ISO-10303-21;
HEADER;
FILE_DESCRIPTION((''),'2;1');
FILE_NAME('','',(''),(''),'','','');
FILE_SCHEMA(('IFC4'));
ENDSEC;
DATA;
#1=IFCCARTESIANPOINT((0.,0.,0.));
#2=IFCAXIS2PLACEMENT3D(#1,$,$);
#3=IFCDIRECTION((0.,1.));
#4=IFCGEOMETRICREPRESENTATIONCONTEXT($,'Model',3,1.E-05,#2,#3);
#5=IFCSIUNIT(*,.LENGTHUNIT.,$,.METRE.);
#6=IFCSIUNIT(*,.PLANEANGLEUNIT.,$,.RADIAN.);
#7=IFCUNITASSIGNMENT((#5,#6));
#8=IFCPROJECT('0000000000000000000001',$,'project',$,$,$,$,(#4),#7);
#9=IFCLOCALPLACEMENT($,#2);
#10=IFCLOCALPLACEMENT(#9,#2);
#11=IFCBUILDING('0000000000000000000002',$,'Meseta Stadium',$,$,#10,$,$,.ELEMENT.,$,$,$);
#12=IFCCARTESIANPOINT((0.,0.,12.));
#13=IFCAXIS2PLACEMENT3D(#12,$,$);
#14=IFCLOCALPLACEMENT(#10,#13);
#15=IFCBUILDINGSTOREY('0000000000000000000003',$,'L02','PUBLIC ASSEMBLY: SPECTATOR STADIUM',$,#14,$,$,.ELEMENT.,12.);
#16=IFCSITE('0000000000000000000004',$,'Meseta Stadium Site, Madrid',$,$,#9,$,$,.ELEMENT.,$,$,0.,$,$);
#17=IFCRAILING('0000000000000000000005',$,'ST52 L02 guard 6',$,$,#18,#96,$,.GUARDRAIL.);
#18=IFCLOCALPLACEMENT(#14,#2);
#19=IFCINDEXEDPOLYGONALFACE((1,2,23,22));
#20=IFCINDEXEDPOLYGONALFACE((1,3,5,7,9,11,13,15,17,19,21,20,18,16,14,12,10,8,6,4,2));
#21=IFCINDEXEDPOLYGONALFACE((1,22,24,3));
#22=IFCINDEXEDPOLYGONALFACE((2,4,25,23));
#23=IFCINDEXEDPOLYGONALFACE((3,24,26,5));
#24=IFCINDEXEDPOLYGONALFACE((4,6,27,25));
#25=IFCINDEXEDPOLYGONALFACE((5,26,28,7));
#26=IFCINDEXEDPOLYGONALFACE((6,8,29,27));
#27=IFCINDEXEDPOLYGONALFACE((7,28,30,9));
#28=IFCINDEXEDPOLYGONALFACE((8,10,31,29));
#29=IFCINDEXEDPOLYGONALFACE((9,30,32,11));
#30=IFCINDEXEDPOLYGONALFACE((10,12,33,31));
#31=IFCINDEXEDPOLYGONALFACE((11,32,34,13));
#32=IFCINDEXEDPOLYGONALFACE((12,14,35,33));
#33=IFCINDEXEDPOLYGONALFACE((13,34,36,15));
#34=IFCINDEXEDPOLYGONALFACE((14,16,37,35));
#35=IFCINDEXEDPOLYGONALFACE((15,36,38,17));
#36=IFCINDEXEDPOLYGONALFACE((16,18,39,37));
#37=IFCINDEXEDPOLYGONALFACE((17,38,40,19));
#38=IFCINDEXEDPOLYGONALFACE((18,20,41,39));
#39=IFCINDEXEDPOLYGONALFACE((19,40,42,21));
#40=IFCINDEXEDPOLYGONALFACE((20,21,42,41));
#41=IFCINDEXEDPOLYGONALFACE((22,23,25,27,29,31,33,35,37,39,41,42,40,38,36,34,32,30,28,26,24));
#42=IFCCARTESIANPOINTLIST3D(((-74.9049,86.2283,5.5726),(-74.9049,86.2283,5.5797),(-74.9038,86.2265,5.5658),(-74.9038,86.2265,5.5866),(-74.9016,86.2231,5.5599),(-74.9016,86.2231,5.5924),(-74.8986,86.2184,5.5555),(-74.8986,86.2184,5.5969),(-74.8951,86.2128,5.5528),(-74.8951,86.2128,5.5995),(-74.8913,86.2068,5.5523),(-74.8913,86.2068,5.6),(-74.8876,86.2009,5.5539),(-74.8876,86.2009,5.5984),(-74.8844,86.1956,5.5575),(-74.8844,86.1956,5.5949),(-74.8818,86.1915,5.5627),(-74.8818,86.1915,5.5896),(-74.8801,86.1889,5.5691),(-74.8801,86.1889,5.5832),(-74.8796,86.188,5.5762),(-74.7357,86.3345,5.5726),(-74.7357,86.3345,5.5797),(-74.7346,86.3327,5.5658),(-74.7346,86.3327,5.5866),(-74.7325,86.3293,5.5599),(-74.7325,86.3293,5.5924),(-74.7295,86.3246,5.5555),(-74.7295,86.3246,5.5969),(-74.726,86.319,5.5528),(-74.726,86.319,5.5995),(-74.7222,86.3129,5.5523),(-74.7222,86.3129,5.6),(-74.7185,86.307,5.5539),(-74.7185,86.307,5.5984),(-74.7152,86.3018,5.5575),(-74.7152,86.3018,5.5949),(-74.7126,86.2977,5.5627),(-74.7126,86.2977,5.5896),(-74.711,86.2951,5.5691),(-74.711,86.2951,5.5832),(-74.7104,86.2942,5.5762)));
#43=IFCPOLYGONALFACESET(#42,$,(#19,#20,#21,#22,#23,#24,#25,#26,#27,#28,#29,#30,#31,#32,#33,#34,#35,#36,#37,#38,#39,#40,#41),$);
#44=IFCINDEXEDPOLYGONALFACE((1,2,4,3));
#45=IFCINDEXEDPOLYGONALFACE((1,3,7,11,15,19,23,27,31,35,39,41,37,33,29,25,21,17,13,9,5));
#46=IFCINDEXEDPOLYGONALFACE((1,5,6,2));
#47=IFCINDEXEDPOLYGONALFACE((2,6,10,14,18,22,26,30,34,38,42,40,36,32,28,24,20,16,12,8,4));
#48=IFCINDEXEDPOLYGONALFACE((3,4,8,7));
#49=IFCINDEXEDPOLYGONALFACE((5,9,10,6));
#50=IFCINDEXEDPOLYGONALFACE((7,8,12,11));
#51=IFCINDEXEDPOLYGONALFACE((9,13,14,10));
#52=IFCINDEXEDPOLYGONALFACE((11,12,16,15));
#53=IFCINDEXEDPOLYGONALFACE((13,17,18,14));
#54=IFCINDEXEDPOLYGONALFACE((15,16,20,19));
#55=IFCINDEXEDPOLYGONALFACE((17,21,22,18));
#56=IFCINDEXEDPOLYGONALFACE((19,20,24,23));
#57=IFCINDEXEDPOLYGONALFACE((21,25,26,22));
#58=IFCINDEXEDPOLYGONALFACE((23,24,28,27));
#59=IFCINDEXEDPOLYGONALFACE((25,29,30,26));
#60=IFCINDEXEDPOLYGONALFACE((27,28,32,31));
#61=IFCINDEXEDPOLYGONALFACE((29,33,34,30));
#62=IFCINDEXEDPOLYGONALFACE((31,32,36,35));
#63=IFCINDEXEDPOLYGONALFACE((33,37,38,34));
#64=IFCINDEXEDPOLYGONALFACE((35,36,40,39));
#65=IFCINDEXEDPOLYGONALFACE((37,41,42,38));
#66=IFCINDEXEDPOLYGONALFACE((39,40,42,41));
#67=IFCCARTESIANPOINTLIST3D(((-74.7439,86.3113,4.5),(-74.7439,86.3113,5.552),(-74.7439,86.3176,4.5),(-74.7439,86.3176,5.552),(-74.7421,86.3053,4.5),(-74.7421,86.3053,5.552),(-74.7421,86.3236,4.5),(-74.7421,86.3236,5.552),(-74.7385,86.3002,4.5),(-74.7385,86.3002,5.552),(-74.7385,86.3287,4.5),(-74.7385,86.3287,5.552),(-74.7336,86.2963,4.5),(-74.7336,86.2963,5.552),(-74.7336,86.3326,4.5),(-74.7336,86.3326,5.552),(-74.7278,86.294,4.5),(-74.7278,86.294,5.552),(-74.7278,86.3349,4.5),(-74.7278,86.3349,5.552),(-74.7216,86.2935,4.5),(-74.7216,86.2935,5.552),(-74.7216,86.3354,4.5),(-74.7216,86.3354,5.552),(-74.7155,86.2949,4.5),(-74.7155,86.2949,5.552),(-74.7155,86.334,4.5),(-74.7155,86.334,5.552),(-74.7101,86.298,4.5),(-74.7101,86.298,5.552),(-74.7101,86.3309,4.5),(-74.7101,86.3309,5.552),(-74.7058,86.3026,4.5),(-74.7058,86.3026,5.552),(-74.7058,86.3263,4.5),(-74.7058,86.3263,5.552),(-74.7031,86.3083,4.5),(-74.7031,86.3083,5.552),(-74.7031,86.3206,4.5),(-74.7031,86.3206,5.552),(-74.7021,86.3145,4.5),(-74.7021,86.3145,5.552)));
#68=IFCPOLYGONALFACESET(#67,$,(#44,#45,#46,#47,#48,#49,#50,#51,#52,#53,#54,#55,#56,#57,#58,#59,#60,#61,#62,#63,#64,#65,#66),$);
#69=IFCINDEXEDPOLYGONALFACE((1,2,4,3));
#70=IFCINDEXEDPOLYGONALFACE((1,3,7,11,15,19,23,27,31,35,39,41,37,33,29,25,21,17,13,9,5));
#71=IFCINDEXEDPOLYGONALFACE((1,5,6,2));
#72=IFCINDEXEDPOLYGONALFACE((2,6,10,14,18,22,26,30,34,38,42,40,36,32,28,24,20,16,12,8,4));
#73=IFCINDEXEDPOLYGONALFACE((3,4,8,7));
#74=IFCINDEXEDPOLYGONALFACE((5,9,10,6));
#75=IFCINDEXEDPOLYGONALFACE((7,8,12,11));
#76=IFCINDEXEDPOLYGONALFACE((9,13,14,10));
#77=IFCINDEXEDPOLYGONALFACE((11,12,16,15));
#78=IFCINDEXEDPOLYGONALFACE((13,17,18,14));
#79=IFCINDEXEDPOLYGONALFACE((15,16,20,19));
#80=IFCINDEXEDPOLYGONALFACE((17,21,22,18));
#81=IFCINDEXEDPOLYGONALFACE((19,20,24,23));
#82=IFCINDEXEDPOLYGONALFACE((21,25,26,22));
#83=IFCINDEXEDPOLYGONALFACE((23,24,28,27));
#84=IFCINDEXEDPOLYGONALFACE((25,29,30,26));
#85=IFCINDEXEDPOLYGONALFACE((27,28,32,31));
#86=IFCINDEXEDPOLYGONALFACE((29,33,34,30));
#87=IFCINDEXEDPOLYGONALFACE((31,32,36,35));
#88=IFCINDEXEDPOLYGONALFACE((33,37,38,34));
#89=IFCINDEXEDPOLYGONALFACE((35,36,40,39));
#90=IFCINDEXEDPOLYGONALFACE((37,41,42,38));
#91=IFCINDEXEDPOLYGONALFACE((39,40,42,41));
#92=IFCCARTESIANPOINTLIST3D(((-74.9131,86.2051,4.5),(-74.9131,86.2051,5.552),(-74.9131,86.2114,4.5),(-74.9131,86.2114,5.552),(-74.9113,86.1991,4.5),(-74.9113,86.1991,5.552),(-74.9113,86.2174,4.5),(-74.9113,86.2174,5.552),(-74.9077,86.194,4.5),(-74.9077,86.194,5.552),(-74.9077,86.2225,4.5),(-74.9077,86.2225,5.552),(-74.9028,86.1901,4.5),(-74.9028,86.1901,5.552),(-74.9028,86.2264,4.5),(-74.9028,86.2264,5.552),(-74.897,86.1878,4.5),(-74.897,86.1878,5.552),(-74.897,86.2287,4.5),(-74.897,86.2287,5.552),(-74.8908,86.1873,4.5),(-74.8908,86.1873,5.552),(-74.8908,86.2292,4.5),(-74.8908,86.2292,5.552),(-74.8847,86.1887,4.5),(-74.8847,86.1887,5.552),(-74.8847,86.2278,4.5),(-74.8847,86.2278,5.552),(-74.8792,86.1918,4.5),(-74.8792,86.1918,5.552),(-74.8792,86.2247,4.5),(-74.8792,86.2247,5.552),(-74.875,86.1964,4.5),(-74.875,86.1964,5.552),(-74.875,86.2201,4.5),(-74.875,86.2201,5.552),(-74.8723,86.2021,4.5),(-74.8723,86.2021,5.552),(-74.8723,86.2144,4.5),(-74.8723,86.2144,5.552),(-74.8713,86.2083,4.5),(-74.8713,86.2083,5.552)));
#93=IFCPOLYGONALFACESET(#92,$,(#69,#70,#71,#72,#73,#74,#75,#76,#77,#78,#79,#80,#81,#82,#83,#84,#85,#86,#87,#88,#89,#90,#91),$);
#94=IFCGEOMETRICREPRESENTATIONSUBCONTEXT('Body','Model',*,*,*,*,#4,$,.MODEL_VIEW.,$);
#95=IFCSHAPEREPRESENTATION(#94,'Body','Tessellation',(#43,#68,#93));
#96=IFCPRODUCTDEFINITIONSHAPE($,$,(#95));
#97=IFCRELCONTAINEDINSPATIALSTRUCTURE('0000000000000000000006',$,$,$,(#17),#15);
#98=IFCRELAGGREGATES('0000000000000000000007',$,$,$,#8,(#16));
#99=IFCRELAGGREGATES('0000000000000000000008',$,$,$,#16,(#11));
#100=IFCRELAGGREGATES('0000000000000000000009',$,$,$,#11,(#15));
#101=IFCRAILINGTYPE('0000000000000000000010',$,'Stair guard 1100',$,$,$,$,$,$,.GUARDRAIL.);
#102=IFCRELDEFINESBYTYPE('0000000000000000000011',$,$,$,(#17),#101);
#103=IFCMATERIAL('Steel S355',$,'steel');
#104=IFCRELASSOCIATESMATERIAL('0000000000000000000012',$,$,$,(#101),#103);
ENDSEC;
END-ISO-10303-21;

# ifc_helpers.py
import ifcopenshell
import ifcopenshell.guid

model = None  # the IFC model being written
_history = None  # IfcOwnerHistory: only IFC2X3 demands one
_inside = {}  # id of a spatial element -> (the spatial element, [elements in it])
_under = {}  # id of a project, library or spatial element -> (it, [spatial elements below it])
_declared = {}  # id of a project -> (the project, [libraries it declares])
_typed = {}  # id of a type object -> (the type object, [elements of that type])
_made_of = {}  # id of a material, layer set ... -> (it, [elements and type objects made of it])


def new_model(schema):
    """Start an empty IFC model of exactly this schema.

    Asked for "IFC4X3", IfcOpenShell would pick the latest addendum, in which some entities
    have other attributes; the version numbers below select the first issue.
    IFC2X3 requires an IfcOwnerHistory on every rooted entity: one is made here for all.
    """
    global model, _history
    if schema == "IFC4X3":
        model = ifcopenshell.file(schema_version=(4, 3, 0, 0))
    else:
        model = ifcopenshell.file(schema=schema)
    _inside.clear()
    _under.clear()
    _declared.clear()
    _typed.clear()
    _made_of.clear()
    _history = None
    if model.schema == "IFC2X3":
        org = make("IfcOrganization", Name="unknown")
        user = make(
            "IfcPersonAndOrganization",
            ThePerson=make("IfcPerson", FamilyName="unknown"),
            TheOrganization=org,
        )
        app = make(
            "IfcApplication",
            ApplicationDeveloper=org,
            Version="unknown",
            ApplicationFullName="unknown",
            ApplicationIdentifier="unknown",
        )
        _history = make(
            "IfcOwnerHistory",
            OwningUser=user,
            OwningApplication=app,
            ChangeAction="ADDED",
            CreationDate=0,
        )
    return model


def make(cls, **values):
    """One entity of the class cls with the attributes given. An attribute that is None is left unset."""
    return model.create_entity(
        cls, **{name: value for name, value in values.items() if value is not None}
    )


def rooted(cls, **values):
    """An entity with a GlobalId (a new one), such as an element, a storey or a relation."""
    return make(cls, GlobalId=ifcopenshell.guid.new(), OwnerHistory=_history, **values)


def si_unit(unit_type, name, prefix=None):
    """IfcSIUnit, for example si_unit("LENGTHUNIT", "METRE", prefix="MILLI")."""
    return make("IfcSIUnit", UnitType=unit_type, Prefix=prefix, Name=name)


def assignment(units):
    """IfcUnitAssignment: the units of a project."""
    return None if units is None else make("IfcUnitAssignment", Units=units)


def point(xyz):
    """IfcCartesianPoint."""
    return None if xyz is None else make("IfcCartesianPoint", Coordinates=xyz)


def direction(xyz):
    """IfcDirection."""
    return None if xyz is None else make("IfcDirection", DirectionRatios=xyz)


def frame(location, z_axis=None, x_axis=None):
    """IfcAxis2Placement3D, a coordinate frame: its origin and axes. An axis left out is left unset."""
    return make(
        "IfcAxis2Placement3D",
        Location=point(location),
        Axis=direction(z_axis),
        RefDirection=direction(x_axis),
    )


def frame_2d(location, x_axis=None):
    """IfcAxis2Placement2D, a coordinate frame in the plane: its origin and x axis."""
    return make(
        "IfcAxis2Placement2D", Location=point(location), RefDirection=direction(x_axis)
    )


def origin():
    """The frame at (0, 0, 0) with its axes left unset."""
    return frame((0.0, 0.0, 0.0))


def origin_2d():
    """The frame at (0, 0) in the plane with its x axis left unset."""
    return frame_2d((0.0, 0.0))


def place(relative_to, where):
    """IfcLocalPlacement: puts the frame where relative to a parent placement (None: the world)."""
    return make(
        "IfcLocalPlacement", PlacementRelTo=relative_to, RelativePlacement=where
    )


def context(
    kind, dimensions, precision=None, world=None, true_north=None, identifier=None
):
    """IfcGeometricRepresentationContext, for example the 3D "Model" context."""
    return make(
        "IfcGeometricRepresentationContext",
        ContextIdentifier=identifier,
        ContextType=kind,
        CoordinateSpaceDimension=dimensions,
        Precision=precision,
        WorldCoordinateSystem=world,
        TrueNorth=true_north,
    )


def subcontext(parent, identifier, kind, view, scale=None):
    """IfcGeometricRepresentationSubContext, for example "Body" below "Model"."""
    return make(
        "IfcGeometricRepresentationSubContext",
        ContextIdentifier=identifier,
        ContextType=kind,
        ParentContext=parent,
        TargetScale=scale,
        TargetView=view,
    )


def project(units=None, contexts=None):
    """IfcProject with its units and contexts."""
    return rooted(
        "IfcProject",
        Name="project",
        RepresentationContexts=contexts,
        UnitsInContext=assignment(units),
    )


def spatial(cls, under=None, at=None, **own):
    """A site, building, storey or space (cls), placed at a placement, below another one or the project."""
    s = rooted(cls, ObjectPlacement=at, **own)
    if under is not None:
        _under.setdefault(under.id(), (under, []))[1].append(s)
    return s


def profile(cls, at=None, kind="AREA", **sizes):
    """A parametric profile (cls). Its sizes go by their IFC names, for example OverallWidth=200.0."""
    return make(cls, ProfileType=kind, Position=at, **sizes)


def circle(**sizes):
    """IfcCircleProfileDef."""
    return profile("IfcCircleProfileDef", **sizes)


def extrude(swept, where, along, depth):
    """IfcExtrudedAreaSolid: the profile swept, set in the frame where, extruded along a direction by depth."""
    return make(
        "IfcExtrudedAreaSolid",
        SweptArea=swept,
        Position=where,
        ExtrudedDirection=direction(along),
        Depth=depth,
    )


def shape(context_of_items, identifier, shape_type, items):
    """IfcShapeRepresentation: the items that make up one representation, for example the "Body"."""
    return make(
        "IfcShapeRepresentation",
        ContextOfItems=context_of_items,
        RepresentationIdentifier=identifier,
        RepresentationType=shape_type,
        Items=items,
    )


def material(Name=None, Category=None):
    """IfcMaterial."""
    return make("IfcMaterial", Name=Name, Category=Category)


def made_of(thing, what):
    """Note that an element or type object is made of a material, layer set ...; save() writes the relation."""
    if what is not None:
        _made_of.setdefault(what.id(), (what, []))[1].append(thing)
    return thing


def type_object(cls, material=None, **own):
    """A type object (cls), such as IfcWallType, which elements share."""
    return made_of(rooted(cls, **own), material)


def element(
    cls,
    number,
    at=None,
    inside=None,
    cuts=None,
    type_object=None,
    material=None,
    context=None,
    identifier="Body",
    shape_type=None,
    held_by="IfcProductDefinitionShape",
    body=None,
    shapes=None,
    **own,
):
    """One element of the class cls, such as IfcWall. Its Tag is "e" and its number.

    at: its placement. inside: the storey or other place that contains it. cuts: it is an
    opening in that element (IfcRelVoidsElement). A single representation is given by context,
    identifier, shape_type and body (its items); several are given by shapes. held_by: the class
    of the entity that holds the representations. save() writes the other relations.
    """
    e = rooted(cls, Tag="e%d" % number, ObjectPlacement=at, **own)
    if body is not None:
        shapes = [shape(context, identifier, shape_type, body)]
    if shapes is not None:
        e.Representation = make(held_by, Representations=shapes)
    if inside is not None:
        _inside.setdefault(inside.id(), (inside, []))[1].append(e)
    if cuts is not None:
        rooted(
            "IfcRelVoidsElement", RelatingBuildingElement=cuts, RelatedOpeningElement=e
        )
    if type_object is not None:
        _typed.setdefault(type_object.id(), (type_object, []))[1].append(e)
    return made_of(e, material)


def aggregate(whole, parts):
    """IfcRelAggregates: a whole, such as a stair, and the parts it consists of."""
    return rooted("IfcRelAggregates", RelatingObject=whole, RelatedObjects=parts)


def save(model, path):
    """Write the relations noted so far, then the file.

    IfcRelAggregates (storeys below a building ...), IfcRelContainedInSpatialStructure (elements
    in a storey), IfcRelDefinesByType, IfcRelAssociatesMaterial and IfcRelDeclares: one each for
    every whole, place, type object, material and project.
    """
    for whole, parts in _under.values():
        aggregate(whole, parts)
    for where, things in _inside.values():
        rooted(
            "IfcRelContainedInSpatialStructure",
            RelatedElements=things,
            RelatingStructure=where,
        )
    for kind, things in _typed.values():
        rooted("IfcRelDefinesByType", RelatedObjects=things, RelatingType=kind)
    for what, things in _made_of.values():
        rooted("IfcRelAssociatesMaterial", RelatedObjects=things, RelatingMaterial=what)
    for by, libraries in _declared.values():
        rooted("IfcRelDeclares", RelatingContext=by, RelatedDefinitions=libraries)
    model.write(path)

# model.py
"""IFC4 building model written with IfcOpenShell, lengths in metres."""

from ifc_helpers import new_model, si_unit, direction, frame, origin, origin_2d, place, context, subcontext, project, spatial, circle, extrude, material, type_object, element, save


model = new_model("IFC4")

# Units and contexts
model_context = context("Model", 3, precision=1e-05, world=origin(), true_north=direction((0.0, 1.0)))
body_context = subcontext(model_context, "Body", "Model", "MODEL_VIEW")
ifc_project = project(units=[si_unit("LENGTHUNIT", "METRE"), si_unit("PLANEANGLEUNIT", "RADIAN")], contexts=[model_context])

# Site, building, storey
site_placement = place(None, origin())
site = spatial("IfcSite", under=ifc_project, at=site_placement, Name="Meseta Stadium Site, Madrid", CompositionType="ELEMENT", RefElevation=0.0)
building_placement = place(site_placement, origin())
building = spatial("IfcBuilding", under=site, at=building_placement, Name="Meseta Stadium", CompositionType="ELEMENT")
storey_placement = place(building_placement, frame((0.0, 0.0, 12.0)))
storey = spatial("IfcBuildingStorey", under=building, at=storey_placement, Name="L02", Description="PUBLIC ASSEMBLY: SPECTATOR STADIUM", CompositionType="ELEMENT", Elevation=12.0)

# Railing
ifc_material_1 = material(Name="Steel S355", Category="steel")
railing_type_1 = type_object("IfcRailingType", Name="Stair guard 1100", PredefinedType="GUARDRAIL", material=ifc_material_1)
railing_1_placement = place(storey_placement, frame((-74.7231, 86.3145, 4.5)))
element("IfcRailing", 1, at=railing_1_placement, inside=storey, type_object=railing_type_1, Name="ST52 L02 guard 6", PredefinedType="GUARDRAIL", context=body_context, shape_type="SweptSolid", body=[
    extrude(circle(Radius=0.0239, at=origin_2d()), frame((0.0, 0.0, 1.0762), z_axis=(-0.846967, -0.531646, 0.0), x_axis=(0.531646, -0.846967, 0.0)), (0.0, 0.0, 1.0), 0.1997),
    extrude(circle(Radius=0.021, at=origin_2d()), origin(), (0.0, 0.0, 1.0), 1.052),
    extrude(circle(Radius=0.021, at=origin_2d()), frame((-0.1692, -0.1062, 0.0)), (0.0, 0.0, 1.0), 1.052),
])

save(model, "model.ifc")
